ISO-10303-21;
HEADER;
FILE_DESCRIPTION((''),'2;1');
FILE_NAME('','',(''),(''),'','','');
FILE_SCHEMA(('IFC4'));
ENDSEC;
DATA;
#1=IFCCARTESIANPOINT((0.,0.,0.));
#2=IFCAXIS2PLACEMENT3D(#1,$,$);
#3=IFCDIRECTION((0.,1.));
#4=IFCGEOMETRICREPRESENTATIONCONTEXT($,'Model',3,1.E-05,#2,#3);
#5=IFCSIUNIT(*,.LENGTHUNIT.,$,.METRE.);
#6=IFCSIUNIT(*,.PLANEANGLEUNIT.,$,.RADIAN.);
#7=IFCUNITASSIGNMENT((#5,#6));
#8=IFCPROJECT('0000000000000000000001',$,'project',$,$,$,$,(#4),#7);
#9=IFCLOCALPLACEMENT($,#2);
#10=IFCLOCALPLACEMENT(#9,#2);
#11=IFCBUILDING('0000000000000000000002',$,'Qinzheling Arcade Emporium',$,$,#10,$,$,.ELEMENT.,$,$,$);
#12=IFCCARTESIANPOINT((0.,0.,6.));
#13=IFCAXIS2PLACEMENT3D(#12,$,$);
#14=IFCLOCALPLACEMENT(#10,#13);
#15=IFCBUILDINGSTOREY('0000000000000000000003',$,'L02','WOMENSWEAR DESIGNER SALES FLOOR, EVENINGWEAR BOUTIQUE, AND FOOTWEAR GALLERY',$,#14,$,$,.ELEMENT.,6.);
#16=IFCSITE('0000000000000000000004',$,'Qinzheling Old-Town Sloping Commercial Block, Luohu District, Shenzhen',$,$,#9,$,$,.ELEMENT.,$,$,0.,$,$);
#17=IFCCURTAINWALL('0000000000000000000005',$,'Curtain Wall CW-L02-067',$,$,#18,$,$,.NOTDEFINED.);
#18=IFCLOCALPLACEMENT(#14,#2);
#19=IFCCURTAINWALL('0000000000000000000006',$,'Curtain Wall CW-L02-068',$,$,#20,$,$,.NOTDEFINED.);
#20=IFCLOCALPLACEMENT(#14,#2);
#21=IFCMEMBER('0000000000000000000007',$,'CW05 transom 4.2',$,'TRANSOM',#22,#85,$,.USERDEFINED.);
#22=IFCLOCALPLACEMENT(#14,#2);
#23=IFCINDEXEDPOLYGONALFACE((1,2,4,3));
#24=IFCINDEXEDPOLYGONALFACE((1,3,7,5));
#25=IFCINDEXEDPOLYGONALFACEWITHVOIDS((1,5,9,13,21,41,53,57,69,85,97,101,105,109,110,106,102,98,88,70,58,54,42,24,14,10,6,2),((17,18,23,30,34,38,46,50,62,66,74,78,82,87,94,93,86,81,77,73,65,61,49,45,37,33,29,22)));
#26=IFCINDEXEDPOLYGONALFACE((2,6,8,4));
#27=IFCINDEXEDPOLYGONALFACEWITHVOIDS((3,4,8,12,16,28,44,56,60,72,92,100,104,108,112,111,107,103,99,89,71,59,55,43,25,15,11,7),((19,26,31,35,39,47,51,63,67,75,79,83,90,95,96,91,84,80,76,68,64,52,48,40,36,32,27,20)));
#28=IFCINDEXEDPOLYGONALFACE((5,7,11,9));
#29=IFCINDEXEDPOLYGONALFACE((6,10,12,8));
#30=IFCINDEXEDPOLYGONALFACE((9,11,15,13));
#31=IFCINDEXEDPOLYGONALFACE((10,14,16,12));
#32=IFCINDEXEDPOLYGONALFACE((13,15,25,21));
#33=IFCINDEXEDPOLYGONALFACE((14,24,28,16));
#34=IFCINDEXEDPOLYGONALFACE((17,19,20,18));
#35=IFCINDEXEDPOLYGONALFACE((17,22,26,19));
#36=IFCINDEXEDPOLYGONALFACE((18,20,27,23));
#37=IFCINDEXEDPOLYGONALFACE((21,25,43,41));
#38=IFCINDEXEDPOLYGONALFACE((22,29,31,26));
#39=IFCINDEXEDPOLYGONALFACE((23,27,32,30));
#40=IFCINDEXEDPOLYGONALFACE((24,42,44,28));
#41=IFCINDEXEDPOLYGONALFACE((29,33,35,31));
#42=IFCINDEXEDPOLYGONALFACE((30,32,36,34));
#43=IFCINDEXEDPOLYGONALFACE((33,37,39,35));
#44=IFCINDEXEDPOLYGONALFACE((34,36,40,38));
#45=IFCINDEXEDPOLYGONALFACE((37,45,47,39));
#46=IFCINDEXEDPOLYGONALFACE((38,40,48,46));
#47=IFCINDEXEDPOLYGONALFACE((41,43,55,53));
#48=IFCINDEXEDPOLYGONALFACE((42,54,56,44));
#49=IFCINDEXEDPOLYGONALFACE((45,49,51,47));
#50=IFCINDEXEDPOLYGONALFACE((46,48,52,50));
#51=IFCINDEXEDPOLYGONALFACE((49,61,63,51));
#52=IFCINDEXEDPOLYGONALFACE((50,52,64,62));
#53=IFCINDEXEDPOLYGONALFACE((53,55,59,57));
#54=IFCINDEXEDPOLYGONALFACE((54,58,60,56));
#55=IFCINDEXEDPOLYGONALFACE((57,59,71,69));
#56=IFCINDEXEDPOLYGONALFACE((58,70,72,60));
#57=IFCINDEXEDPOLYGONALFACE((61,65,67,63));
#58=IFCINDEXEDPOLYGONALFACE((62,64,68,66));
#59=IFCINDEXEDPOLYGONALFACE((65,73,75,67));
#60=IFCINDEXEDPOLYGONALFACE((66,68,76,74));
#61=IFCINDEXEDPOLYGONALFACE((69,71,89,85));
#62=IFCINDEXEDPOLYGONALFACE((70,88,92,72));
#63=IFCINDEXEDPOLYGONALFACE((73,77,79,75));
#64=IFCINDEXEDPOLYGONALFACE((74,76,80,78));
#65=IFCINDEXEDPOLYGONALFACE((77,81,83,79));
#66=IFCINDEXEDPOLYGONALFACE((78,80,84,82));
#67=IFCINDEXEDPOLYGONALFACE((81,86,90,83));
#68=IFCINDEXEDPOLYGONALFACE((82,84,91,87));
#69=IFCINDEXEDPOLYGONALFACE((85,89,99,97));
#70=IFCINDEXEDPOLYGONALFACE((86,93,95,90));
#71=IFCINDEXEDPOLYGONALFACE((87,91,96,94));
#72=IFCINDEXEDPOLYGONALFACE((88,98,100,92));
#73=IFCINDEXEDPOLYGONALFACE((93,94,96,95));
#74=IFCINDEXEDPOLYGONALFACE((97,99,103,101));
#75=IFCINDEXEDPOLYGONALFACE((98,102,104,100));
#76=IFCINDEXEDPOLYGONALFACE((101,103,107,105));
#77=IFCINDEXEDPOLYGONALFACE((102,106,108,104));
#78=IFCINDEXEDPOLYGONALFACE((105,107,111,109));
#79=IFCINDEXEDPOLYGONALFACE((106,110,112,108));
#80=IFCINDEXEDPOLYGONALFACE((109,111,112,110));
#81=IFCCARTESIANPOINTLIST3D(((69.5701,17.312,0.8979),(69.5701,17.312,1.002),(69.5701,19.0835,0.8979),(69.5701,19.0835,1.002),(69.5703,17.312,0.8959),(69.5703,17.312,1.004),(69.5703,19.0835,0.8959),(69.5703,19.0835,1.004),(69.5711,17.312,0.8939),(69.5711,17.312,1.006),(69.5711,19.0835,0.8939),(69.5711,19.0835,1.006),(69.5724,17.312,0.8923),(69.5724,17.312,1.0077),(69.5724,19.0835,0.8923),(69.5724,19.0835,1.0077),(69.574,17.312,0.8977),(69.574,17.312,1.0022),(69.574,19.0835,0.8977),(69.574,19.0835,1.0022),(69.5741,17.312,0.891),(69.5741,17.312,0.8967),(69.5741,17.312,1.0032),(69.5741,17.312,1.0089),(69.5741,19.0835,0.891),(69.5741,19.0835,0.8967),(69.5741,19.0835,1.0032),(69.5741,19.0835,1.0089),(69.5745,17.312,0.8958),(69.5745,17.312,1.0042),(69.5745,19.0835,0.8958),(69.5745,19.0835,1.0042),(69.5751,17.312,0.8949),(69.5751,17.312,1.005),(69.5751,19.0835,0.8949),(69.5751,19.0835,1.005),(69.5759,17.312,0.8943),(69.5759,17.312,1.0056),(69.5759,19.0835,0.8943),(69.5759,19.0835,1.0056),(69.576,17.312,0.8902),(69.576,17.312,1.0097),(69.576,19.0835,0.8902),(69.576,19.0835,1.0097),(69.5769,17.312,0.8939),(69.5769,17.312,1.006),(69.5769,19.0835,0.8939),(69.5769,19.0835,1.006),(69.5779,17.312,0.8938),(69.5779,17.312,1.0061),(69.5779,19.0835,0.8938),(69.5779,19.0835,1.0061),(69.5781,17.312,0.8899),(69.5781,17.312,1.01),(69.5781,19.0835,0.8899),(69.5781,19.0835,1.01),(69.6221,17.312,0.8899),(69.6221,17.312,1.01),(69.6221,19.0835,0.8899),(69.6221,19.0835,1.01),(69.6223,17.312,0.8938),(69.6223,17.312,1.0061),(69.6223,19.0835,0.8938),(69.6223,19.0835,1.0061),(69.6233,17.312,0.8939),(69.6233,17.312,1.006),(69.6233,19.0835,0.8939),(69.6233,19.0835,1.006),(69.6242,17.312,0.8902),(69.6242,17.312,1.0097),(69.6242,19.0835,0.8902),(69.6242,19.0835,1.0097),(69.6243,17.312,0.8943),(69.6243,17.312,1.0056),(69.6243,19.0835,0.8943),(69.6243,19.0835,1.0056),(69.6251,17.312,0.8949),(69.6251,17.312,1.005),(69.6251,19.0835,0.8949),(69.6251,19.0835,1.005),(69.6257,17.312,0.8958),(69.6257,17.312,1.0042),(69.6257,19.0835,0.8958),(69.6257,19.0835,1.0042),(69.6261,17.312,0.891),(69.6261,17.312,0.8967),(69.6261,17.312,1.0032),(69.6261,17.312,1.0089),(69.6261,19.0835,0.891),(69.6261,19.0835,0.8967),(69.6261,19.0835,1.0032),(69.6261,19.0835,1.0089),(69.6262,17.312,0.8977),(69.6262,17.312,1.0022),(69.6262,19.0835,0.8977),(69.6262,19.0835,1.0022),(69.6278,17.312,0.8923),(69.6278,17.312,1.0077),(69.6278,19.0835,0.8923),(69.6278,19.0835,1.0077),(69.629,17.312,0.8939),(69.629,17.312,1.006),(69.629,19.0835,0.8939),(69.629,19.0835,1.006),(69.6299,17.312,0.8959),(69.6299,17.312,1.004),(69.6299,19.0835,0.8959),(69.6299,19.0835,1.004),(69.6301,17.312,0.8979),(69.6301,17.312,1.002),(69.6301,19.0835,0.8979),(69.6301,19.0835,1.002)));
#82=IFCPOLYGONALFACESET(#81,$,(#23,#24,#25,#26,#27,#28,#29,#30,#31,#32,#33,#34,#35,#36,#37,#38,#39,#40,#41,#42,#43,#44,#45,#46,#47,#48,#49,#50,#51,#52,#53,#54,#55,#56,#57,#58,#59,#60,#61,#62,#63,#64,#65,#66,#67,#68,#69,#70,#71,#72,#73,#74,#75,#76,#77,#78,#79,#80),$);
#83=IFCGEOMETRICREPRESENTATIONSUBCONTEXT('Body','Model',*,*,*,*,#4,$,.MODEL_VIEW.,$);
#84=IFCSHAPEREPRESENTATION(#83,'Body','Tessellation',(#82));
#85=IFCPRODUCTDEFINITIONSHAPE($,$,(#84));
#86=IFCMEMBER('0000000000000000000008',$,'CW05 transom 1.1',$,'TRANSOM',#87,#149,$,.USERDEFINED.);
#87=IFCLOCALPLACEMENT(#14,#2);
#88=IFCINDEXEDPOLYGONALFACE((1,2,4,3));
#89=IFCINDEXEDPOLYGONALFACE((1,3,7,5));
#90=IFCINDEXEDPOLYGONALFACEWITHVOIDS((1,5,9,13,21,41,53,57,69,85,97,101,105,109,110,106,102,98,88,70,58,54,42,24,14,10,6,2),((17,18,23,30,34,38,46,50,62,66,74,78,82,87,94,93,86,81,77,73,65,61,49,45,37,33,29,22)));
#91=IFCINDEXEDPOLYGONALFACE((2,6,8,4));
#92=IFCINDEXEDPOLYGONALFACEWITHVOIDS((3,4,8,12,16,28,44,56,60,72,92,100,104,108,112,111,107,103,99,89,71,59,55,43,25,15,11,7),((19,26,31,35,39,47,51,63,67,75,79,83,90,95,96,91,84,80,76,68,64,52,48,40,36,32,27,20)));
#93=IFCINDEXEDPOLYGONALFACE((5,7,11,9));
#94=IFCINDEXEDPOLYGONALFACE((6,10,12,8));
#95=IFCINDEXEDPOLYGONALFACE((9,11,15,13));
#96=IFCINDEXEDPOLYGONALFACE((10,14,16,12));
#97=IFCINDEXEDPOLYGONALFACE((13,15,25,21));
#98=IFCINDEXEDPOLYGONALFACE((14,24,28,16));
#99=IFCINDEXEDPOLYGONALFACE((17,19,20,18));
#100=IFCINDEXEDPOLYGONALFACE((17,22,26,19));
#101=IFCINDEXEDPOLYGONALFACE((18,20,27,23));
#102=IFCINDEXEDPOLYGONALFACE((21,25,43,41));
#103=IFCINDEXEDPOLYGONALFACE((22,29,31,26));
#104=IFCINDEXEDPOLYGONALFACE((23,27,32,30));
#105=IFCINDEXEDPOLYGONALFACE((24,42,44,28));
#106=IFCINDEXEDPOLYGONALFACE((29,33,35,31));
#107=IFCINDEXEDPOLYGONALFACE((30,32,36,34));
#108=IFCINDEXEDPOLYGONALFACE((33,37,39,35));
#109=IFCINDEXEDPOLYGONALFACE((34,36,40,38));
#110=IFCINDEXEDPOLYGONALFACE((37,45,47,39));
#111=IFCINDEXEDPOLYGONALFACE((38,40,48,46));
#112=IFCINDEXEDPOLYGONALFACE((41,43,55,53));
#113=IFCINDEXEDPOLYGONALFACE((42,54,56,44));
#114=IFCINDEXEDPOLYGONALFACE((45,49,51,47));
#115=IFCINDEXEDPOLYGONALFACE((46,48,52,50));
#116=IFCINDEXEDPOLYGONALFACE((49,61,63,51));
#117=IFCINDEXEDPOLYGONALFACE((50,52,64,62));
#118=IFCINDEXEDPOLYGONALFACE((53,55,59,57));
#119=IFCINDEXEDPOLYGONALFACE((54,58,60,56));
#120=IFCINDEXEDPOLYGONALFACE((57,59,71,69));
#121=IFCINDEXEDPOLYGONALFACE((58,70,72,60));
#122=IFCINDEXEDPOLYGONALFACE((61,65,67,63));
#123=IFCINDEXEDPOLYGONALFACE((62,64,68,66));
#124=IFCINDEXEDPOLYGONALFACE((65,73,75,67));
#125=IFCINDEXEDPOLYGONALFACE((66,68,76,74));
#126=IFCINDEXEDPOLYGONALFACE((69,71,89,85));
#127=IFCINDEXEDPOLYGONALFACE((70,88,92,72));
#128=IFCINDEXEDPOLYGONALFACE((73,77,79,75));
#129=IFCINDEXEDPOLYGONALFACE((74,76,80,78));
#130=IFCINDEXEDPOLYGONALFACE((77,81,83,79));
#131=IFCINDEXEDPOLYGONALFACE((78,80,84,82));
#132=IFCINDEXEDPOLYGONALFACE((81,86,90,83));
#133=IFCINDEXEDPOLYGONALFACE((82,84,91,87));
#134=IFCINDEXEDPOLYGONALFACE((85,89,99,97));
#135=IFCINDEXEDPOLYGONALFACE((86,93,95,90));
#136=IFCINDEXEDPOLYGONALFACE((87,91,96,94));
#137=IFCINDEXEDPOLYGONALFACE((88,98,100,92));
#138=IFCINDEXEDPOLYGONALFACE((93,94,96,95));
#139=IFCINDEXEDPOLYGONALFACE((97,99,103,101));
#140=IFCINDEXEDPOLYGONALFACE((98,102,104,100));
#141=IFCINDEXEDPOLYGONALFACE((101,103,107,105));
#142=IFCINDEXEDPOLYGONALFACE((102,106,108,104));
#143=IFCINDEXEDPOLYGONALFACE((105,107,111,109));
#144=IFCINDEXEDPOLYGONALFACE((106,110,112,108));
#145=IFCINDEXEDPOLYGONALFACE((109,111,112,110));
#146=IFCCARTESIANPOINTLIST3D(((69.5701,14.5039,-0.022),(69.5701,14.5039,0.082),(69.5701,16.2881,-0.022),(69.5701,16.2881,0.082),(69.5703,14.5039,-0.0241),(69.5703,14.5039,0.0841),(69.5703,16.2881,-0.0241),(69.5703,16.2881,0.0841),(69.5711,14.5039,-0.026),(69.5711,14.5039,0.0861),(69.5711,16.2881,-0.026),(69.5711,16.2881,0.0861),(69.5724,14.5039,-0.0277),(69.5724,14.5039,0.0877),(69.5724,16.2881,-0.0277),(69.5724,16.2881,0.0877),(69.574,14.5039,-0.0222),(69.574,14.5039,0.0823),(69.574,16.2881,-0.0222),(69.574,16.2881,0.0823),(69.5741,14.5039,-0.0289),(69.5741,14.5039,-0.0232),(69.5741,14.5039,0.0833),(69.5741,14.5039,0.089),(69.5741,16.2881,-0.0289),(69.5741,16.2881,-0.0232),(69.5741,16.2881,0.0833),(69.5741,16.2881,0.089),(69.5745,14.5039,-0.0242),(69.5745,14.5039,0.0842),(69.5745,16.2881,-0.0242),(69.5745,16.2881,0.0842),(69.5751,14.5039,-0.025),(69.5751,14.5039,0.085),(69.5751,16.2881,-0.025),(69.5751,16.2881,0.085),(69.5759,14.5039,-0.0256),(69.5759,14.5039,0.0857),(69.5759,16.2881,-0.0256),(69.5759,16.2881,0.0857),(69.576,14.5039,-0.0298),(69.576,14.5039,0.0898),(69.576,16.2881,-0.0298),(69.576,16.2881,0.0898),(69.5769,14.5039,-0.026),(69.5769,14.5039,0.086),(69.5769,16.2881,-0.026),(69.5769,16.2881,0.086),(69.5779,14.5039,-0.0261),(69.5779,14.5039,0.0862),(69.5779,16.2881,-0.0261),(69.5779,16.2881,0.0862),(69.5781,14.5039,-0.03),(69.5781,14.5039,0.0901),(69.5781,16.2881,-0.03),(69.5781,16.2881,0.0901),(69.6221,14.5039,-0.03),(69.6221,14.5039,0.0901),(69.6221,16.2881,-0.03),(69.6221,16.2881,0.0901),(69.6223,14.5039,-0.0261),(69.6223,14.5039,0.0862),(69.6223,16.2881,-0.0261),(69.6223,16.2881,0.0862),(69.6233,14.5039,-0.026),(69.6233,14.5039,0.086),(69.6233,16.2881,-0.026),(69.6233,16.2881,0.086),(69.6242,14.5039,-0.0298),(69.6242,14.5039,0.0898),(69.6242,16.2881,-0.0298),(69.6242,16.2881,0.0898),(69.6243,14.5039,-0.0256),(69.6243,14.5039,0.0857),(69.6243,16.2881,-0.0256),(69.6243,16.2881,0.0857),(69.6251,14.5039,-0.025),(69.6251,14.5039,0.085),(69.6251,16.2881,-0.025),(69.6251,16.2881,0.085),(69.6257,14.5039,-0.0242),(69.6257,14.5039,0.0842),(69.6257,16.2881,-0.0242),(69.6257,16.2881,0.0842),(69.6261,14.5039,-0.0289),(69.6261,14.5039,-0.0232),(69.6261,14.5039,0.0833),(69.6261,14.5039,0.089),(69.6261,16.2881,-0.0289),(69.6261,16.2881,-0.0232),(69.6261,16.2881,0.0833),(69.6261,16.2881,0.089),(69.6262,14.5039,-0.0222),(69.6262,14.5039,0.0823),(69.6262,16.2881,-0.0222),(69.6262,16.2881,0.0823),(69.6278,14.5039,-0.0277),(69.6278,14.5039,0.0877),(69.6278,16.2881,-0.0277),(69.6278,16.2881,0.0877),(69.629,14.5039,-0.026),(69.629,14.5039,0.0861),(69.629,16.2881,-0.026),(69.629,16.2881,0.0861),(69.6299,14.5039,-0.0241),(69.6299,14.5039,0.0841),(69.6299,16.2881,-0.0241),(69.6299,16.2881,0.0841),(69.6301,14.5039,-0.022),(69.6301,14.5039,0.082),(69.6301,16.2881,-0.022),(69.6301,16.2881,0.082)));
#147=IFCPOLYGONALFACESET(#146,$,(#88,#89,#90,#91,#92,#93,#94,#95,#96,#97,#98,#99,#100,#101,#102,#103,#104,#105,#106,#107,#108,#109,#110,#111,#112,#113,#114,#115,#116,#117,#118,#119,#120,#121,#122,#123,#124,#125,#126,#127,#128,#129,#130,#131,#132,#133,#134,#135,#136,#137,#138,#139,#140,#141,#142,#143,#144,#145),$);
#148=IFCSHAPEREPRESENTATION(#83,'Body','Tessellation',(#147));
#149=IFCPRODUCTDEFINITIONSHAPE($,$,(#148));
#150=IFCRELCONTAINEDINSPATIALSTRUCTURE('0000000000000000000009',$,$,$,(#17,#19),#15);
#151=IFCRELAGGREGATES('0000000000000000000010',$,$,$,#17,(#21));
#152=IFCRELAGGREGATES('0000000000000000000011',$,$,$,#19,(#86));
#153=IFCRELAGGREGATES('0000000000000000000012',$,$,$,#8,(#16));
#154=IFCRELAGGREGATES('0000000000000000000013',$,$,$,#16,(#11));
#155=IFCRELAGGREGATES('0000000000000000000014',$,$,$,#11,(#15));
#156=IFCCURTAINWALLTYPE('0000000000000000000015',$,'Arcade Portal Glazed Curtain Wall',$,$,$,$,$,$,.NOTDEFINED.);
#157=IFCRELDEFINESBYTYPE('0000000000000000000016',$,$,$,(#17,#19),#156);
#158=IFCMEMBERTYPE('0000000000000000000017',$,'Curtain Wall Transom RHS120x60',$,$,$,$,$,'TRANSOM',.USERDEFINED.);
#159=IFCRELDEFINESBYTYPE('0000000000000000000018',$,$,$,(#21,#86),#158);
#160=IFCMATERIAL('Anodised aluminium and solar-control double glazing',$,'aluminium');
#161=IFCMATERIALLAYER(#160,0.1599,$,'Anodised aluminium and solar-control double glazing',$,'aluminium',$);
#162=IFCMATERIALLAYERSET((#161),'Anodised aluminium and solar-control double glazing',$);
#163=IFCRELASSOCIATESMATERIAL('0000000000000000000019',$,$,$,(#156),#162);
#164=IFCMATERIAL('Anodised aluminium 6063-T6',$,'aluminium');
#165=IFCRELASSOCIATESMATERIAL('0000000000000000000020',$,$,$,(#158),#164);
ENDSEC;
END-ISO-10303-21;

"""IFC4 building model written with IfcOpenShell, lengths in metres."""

from ifc_helpers import new_model, si_unit, direction, frame, origin, origin_2d, place, context, subcontext, project, spatial, hollow_rectangle, extrude, material, layer, layer_set, material_profile, profile_set, type_object, element, aggregate, save


model = new_model("IFC4")

# Units and contexts
model_context = context("Model", 3, precision=1e-05, world=origin(), true_north=direction((0.0, 1.0)))
body_context = subcontext(model_context, "Body", "Model", "MODEL_VIEW")
ifc_project = project(units=[si_unit("LENGTHUNIT", "METRE"), si_unit("PLANEANGLEUNIT", "RADIAN")], contexts=[model_context])

# Site, building, storey
site_placement = place(None, origin())
site = spatial("IfcSite", under=ifc_project, at=site_placement, Name="Qinzheling Old-Town Sloping Commercial Block, Luohu District, Shenzhen", CompositionType="ELEMENT", RefElevation=0.0)
building_placement = place(site_placement, origin())
building = spatial("IfcBuilding", under=site, at=building_placement, Name="Qinzheling Arcade Emporium", CompositionType="ELEMENT")
storey_placement = place(building_placement, frame((0.0, 0.0, 6.0)))
storey = spatial("IfcBuildingStorey", under=building, at=storey_placement, Name="L02", Description="WOMENSWEAR DESIGNER SALES FLOOR, EVENINGWEAR BOUTIQUE, AND FOOTWEAR GALLERY", CompositionType="ELEMENT", Elevation=6.0)

# Curtain wall
ifc_material_1 = material(Name="Anodised aluminium and solar-control double glazing", Category="aluminium")
ifc_layer_1 = layer(ifc_material_1, 0.1599, Name="Anodised aluminium and solar-control double glazing", Category="aluminium")
ifc_layer_set_1 = layer_set([ifc_layer_1], Name="Anodised aluminium and solar-control double glazing")
curtain_wall_type = type_object("IfcCurtainWallType", Name="Arcade Portal Glazed Curtain Wall", PredefinedType="NOTDEFINED", material=ifc_layer_set_1)
curtain_wall_1_placement = place(storey_placement, origin())
curtain_wall_1 = element("IfcCurtainWall", 1, at=curtain_wall_1_placement, inside=storey, type_object=curtain_wall_type, Name="Curtain Wall CW-L02-067", PredefinedType="NOTDEFINED")
ifc_material_2 = material(Name="Anodised aluminium 6063-T6", Category="aluminium")

# Curtain wall
curtain_wall_2_placement = place(storey_placement, origin())
curtain_wall_2 = element("IfcCurtainWall", 2, at=curtain_wall_2_placement, inside=storey, type_object=curtain_wall_type, Name="Curtain Wall CW-L02-068", PredefinedType="NOTDEFINED")

# Members
ifc_material_profile_1 = material_profile(ifc_material_2, hollow_rectangle(XDim=0.0601, YDim=0.1201, WallThickness=0.0039, InnerFilletRadius=0.0039, OuterFilletRadius=0.0081, at=origin_2d()), Name="RHS 120x60x4", Category="aluminium")
ifc_profile_set_1 = profile_set([ifc_material_profile_1], Name="Anodised aluminium 6063-T6")
member_type_1 = type_object("IfcMemberType", Name="Curtain Wall Transom RHS120x60", ElementType="TRANSOM", PredefinedType="USERDEFINED", material=ifc_profile_set_1)
member_1_placement = place(storey_placement, frame((69.6001, 19.0835, 0.95), z_axis=(0.0, -1.0, 0.0), x_axis=(1.0, 0.0, 0.0)))
member_1 = element("IfcMember", 3, at=member_1_placement, type_object=member_type_1, Name="CW05 transom 4.2", ObjectType="TRANSOM", PredefinedType="USERDEFINED", context=body_context, shape_type="SweptSolid", body=[
    extrude(hollow_rectangle(XDim=0.0601, YDim=0.1201, WallThickness=0.0039, InnerFilletRadius=0.0039, OuterFilletRadius=0.0081, at=origin_2d()), origin(), (0.0, 0.0, 1.0), 1.7715),
])
member_2_placement = place(storey_placement, frame((69.6001, 16.2881, 0.03), z_axis=(0.0, -1.0, 0.0), x_axis=(1.0, 0.0, 0.0)))
member_2 = element("IfcMember", 4, at=member_2_placement, type_object=member_type_1, Name="CW05 transom 1.1", ObjectType="TRANSOM", PredefinedType="USERDEFINED", context=body_context, shape_type="SweptSolid", body=[
    extrude(hollow_rectangle(XDim=0.0601, YDim=0.1201, WallThickness=0.0039, InnerFilletRadius=0.0039, OuterFilletRadius=0.0081, at=origin_2d()), origin(), (0.0, 0.0, 1.0), 1.7842),
])

aggregate(curtain_wall_1, [member_1])
aggregate(curtain_wall_2, [member_2])

save(model, "model.ifc")
